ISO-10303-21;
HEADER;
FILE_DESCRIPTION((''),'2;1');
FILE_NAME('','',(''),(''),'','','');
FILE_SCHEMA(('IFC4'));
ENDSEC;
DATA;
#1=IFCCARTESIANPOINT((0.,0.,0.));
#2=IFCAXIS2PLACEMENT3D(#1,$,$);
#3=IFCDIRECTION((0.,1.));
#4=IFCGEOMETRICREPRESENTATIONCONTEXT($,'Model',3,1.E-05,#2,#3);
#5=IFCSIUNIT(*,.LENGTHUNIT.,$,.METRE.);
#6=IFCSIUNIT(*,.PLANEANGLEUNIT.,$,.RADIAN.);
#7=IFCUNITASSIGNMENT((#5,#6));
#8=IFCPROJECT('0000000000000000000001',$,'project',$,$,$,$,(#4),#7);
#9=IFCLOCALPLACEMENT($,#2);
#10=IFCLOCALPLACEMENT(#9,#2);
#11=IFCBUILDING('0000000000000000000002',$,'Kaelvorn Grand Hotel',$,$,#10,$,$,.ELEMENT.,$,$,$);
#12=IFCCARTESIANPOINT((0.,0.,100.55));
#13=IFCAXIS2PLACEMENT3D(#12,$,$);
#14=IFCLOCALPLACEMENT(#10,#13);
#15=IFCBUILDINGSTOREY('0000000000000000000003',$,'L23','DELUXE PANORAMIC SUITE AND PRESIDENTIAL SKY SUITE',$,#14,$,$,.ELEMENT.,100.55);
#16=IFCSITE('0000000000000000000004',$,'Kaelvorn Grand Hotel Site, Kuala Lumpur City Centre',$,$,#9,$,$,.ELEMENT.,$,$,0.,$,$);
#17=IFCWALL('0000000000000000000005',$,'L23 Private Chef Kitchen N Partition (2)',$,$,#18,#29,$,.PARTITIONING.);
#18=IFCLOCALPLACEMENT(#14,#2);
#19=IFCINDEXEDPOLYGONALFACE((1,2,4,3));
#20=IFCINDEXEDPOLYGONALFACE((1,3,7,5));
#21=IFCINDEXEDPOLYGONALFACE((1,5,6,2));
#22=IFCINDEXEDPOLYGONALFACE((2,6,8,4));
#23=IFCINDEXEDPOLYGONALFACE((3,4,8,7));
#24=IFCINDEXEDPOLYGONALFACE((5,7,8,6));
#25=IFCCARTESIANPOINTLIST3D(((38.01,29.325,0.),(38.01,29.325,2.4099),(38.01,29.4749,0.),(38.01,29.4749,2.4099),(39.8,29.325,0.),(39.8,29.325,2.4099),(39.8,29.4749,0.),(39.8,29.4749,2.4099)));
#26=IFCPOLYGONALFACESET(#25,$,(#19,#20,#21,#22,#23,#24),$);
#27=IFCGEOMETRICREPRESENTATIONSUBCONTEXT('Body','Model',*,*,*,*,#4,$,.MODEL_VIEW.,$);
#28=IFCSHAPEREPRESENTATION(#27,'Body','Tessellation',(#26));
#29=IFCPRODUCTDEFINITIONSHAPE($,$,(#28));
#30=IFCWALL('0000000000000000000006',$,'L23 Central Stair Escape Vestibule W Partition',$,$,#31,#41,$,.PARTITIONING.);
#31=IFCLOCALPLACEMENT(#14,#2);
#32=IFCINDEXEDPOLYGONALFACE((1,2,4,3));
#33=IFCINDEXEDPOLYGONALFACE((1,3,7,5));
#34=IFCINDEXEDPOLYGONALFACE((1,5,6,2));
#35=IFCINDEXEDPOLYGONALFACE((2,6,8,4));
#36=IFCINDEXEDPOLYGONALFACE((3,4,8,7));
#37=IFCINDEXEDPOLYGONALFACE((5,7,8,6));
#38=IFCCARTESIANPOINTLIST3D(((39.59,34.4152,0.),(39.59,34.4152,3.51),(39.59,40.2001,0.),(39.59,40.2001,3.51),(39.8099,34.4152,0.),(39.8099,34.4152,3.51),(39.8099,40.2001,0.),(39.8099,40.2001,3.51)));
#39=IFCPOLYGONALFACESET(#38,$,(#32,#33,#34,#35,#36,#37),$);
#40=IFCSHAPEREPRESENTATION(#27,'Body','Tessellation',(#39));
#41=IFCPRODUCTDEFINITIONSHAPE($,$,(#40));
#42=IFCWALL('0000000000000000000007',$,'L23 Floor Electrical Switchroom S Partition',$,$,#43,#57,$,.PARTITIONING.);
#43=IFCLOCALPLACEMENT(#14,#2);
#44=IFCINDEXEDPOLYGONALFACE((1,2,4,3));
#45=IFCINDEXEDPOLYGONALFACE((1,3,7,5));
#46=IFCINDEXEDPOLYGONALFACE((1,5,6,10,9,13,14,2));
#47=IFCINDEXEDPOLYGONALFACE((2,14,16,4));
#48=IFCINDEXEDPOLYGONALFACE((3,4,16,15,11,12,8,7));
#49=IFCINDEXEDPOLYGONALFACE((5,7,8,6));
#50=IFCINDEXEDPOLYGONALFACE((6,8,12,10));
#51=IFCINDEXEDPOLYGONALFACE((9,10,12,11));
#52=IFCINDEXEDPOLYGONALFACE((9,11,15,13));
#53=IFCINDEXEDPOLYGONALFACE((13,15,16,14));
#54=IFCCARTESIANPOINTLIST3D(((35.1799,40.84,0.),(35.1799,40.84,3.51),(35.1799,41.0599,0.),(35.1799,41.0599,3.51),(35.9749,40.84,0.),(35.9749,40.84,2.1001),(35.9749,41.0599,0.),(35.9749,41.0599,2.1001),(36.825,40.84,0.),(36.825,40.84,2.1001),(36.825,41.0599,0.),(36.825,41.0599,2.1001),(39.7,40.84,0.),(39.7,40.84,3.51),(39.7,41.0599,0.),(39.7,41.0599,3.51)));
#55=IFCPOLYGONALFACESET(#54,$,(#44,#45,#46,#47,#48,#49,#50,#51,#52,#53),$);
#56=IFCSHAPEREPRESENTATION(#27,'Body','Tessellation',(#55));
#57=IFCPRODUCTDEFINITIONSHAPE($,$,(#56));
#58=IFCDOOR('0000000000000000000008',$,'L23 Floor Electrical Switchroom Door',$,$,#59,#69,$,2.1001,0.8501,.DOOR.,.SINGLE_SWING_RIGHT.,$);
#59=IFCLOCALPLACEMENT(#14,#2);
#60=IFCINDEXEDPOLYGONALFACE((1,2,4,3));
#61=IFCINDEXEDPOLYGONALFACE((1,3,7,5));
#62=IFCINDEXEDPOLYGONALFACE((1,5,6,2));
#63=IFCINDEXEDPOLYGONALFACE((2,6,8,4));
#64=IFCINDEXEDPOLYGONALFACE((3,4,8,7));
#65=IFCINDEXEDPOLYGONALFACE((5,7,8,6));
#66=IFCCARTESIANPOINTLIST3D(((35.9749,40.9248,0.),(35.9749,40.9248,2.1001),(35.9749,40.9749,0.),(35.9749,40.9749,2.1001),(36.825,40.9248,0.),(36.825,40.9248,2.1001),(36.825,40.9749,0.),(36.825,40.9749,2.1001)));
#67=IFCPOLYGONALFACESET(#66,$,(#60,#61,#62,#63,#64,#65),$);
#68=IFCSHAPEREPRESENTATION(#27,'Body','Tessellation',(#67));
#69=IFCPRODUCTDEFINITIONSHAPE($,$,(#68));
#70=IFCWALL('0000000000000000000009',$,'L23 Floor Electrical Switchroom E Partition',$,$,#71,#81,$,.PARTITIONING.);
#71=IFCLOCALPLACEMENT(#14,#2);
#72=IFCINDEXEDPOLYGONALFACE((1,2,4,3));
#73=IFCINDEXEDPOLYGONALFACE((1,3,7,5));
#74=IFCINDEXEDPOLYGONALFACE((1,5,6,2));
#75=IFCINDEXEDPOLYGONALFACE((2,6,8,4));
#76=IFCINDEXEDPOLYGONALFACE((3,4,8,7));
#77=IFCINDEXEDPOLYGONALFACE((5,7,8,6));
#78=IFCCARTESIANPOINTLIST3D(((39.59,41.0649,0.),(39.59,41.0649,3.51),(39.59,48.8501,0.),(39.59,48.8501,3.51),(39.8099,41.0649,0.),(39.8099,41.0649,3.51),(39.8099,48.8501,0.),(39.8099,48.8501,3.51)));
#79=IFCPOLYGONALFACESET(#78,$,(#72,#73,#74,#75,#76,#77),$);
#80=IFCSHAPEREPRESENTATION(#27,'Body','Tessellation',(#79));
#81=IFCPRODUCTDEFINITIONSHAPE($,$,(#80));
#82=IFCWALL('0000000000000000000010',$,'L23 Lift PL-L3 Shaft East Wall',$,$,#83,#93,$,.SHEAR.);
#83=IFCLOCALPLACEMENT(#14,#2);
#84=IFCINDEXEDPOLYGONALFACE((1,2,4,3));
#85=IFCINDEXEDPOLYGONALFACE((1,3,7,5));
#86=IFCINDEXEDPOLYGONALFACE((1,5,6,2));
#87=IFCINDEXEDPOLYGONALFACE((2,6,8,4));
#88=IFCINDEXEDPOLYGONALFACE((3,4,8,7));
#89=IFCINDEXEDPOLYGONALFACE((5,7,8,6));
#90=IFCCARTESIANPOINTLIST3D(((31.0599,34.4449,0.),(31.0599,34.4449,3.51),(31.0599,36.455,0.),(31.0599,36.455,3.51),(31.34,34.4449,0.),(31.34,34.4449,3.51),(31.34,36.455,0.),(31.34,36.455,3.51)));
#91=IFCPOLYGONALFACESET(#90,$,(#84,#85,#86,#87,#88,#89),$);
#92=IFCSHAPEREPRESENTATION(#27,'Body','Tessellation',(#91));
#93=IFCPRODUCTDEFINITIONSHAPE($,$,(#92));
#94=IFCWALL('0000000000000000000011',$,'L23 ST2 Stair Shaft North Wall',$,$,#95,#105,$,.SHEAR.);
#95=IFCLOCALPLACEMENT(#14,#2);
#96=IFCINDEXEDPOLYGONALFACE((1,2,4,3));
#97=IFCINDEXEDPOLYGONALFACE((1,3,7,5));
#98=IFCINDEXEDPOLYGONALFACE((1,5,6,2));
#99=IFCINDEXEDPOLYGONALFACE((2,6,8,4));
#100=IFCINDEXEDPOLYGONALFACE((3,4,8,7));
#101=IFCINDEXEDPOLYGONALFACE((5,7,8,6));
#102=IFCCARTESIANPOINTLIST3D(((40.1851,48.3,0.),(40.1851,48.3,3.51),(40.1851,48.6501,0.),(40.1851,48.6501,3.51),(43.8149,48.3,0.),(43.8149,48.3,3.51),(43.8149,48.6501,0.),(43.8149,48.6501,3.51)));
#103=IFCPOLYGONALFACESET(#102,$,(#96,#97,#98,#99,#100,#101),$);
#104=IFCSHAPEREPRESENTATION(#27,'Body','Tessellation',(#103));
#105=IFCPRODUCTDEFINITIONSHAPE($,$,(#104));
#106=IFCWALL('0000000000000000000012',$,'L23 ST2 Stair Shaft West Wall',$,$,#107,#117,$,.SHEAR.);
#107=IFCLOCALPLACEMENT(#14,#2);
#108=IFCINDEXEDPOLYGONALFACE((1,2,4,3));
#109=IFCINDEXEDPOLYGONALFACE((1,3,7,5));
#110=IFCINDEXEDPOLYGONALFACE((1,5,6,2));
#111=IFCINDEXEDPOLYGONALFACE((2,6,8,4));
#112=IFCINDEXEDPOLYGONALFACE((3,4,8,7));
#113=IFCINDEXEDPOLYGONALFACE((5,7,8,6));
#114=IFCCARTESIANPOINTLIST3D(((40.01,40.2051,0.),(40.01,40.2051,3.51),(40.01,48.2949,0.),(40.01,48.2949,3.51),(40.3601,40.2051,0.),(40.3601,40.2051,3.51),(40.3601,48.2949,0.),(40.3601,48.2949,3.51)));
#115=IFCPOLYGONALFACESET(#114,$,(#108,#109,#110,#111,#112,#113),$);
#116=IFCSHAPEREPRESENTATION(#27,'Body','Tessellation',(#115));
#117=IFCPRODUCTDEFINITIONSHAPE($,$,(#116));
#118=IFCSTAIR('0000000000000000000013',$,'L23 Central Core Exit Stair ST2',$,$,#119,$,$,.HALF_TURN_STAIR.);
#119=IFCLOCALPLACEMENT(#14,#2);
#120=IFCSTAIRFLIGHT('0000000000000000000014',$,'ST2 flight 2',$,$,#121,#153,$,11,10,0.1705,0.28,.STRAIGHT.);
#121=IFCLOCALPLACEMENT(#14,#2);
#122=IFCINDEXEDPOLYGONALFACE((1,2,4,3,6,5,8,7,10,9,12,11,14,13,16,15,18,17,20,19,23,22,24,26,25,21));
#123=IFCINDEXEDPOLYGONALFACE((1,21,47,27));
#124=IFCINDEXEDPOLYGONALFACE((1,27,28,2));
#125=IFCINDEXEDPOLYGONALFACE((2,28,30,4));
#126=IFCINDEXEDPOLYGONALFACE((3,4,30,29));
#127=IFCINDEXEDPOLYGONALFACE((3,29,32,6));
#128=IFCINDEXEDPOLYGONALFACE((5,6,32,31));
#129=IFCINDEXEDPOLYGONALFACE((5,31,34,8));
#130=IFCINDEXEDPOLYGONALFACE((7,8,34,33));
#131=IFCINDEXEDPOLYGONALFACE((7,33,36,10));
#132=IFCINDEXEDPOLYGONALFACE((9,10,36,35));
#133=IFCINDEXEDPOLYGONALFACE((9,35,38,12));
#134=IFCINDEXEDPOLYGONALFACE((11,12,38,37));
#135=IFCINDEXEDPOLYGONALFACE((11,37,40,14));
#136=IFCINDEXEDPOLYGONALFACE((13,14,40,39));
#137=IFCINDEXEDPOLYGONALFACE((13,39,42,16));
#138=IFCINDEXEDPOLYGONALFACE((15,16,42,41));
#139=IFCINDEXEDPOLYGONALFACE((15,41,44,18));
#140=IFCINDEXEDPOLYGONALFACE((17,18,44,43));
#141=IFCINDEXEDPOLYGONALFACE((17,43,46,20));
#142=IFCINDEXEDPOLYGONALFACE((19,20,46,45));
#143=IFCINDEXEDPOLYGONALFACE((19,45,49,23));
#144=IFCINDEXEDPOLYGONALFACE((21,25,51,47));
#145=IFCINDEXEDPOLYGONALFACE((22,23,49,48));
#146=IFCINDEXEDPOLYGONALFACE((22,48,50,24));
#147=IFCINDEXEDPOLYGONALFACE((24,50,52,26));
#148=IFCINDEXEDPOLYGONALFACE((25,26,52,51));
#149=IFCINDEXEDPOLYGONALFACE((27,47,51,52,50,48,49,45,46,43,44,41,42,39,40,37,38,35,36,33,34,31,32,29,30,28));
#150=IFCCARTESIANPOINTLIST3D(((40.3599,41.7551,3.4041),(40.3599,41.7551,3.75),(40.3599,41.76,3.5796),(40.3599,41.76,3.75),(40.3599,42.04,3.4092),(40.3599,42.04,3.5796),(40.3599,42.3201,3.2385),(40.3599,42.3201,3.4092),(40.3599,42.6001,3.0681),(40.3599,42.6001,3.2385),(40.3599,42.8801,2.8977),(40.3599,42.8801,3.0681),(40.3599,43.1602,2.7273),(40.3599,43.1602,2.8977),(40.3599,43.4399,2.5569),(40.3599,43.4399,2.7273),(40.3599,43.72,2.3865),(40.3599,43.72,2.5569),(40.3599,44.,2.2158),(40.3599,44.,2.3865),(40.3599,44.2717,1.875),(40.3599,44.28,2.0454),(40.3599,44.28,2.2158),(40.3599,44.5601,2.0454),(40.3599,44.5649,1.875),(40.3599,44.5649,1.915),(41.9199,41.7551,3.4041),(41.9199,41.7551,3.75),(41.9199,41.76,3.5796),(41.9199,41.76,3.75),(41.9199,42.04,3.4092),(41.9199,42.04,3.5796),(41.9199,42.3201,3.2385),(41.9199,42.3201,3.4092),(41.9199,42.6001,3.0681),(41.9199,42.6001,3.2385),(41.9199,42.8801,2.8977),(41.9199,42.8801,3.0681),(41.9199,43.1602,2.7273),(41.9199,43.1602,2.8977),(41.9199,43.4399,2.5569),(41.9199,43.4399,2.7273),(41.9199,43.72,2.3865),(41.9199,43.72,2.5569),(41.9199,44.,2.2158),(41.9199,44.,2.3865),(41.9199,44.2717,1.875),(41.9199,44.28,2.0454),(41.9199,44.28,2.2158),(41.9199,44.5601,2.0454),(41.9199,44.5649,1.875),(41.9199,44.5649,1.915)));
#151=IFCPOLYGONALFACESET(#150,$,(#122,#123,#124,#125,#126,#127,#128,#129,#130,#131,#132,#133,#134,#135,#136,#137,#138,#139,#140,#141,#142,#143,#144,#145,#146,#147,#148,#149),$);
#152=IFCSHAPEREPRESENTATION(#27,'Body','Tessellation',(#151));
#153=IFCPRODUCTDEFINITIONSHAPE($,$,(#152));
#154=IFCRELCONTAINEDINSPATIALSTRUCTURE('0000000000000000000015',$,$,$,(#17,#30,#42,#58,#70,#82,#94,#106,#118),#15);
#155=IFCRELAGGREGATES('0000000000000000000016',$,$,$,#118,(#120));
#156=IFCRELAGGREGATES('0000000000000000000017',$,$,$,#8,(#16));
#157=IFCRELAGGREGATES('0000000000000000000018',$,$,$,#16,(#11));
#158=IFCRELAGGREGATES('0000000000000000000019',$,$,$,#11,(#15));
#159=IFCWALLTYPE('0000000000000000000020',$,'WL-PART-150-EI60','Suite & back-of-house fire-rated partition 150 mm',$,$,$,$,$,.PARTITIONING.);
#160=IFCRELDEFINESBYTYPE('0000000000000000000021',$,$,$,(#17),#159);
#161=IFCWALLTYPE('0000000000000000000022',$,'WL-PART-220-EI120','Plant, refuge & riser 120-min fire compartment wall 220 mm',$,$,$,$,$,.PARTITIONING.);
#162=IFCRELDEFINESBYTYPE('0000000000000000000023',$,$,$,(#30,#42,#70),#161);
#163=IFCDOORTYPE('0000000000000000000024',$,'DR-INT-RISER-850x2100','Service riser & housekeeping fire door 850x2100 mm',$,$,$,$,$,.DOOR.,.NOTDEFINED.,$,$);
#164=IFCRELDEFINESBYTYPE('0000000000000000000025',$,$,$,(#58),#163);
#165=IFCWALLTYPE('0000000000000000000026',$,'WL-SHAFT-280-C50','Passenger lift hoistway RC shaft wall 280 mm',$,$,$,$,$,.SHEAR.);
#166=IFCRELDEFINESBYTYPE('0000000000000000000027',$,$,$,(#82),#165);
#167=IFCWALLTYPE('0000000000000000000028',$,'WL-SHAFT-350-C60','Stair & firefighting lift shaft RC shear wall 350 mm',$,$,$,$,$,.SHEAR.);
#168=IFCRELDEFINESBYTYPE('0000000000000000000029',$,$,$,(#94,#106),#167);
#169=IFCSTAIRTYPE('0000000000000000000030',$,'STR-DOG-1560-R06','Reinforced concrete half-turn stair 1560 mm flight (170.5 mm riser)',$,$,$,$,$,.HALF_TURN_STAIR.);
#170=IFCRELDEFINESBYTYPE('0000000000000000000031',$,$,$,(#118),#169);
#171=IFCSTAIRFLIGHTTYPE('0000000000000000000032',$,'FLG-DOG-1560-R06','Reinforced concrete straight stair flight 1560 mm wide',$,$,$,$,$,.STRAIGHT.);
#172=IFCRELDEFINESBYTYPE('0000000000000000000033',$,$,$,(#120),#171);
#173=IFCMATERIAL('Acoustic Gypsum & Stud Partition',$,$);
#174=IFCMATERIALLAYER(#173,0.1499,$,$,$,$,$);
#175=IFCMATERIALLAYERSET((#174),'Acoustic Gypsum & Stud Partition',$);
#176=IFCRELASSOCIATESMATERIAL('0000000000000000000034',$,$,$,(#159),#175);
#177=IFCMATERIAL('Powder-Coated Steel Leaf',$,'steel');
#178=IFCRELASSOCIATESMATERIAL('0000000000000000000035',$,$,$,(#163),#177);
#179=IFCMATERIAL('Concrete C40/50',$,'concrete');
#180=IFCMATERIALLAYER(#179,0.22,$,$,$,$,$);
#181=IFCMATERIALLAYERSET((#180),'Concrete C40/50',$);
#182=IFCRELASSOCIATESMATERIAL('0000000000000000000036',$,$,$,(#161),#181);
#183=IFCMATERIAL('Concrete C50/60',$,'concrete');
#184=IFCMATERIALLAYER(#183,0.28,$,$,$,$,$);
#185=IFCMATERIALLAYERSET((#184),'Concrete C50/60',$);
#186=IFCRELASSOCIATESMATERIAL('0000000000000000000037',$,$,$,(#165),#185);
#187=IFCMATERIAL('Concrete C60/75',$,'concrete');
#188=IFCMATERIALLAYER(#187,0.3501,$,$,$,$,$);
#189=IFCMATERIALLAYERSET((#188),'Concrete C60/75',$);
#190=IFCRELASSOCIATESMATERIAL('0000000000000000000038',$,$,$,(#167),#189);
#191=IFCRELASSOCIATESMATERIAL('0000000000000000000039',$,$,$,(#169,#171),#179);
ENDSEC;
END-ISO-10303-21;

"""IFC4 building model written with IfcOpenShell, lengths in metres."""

from ifc_helpers import new_model, si_unit, direction, frame, frame_2d, origin, place, context, subcontext, project, spatial, polyline, rectangle, outline, extrude, material, layer, layer_set, type_object, element, fill, aggregate, save


model = new_model("IFC4")

# Units and contexts
model_context = context("Model", 3, precision=1e-05, world=origin(), true_north=direction((0.0, 1.0)))
body_context = subcontext(model_context, "Body", "Model", "MODEL_VIEW")
ifc_project = project(units=[si_unit("LENGTHUNIT", "METRE"), si_unit("PLANEANGLEUNIT", "RADIAN")], contexts=[model_context])

# Site, building, storey
site_placement = place(None, origin())
site = spatial("IfcSite", under=ifc_project, at=site_placement, Name="Kaelvorn Grand Hotel Site, Kuala Lumpur City Centre", CompositionType="ELEMENT", RefElevation=0.0)
building_placement = place(site_placement, origin())
building = spatial("IfcBuilding", under=site, at=building_placement, Name="Kaelvorn Grand Hotel", CompositionType="ELEMENT")
storey_placement = place(building_placement, frame((0.0, 0.0, 100.55)))
storey = spatial("IfcBuildingStorey", under=building, at=storey_placement, Name="L23", Description="DELUXE PANORAMIC SUITE AND PRESIDENTIAL SKY SUITE", CompositionType="ELEMENT", Elevation=100.55)

# Shared definitions
ifc_material_1 = material(Name="Concrete C60/75", Category="concrete")

# Shared definitions
ifc_material_2 = material(Name="Acoustic Gypsum & Stud Partition")
ifc_layer_1 = layer(ifc_material_2, 0.1499)
ifc_layer_set_1 = layer_set([ifc_layer_1], Name="Acoustic Gypsum & Stud Partition")
wall_type_1 = type_object("IfcWallType", Name="WL-PART-150-EI60", Description="Suite & back-of-house fire-rated partition 150 mm", PredefinedType="PARTITIONING", material=ifc_layer_set_1)
ifc_material_3 = material(Name="Powder-Coated Steel Leaf", Category="steel")
door_type_1 = type_object("IfcDoorType", Name="DR-INT-RISER-850x2100", Description="Service riser & housekeeping fire door 850x2100 mm", OperationType="NOTDEFINED", PredefinedType="DOOR", material=ifc_material_3)

# Wall
wall_1_placement = place(storey_placement, frame((38.01, 29.3999, 0.0), z_axis=(0.0, 0.0, 1.0), x_axis=(1.0, 0.0, 0.0)))
element("IfcWall", 1, at=wall_1_placement, inside=storey, type_object=wall_type_1, Name="L23 Private Chef Kitchen N Partition (2)", PredefinedType="PARTITIONING", context=body_context, shape_type="SweptSolid", body=[
    extrude(rectangle(XDim=1.79, YDim=0.1499, at=frame_2d((0.895, 0.0))), origin(), (0.0, 0.0, 1.0), 2.4099),
])

# Shared definitions
ifc_material_4 = material(Name="Concrete C40/50", Category="concrete")
ifc_layer_2 = layer(ifc_material_4, 0.22)
ifc_layer_set_2 = layer_set([ifc_layer_2], Name="Concrete C40/50")
wall_type_2 = type_object("IfcWallType", Name="WL-PART-220-EI120", Description="Plant, refuge & riser 120-min fire compartment wall 220 mm", PredefinedType="PARTITIONING", material=ifc_layer_set_2)

# Wall
wall_2_placement = place(storey_placement, frame((39.7, 34.415, 0.0), z_axis=(0.0, 0.0, 1.0), x_axis=(0.0, 1.0, 0.0)))
element("IfcWall", 2, at=wall_2_placement, inside=storey, type_object=wall_type_2, Name="L23 Central Stair Escape Vestibule W Partition", PredefinedType="PARTITIONING", context=body_context, shape_type="SweptSolid", body=[
    extrude(rectangle(XDim=5.7849, YDim=0.22, at=frame_2d((2.8926, 0.0))), origin(), (0.0, 0.0, 1.0), 3.51),
])

# Wall, opening, door
wall_3_placement = place(storey_placement, frame((35.1799, 40.95, 0.0), z_axis=(0.0, 0.0, 1.0), x_axis=(1.0, 0.0, 0.0)))
wall_3 = element("IfcWall", 3, at=wall_3_placement, inside=storey, type_object=wall_type_2, Name="L23 Floor Electrical Switchroom S Partition", PredefinedType="PARTITIONING", context=body_context, shape_type="SweptSolid", body=[
    extrude(rectangle(XDim=4.52, YDim=0.22, at=frame_2d((2.26, 0.0))), origin(), (0.0, 0.0, 1.0), 3.51),
])
opening_1_placement = place(wall_3_placement, frame((0.7949, 0.0, 0.0)))
opening_1 = element("IfcOpeningElement", 4, at=opening_1_placement, cuts=wall_3, PredefinedType="OPENING", context=body_context, shape_type="SweptSolid", body=[
    extrude(rectangle(XDim=0.8501, YDim=2.1001, at=frame_2d((0.425, 1.05))), frame((0.0, 0.1201, 0.0), z_axis=(0.0, -1.0, 0.0), x_axis=(1.0, 0.0, 0.0)), (0.0, 0.0, 1.0), 0.24),
])
door_1_placement = place(opening_1_placement, origin())
door_1 = element("IfcDoor", 5, at=door_1_placement, inside=storey, type_object=door_type_1, Name="L23 Floor Electrical Switchroom Door", OperationType="SINGLE_SWING_RIGHT", OverallHeight=2.1001, OverallWidth=0.8501, PredefinedType="DOOR", context=body_context, shape_type="SweptSolid", body=[
    extrude(rectangle(XDim=0.8501, YDim=2.1001, at=frame_2d((0.425, 1.05))), frame((0.0, 0.0249, 0.0), z_axis=(0.0, -1.0, 0.0), x_axis=(1.0, 0.0, 0.0)), (0.0, 0.0, 1.0), 0.05),
])
fill(opening_1, door_1)

# Walls
wall_4_placement = place(storey_placement, frame((39.7, 41.0649, 0.0), z_axis=(0.0, 0.0, 1.0), x_axis=(0.0, 1.0, 0.0)))
element("IfcWall", 6, at=wall_4_placement, inside=storey, type_object=wall_type_2, Name="L23 Floor Electrical Switchroom E Partition", PredefinedType="PARTITIONING", context=body_context, shape_type="SweptSolid", body=[
    extrude(rectangle(XDim=7.7852, YDim=0.22, at=frame_2d((3.8926, 0.0))), origin(), (0.0, 0.0, 1.0), 3.51),
])
ifc_material_5 = material(Name="Concrete C50/60", Category="concrete")
ifc_layer_3 = layer(ifc_material_5, 0.28)
ifc_layer_set_3 = layer_set([ifc_layer_3], Name="Concrete C50/60")
wall_type_3 = type_object("IfcWallType", Name="WL-SHAFT-280-C50", Description="Passenger lift hoistway RC shaft wall 280 mm", PredefinedType="SHEAR", material=ifc_layer_set_3)
wall_5_placement = place(storey_placement, frame((31.2, 34.4451, 0.0), z_axis=(0.0, 0.0, 1.0), x_axis=(0.0, 1.0, 0.0)))
element("IfcWall", 7, at=wall_5_placement, inside=storey, type_object=wall_type_3, Name="L23 Lift PL-L3 Shaft East Wall", PredefinedType="SHEAR", context=body_context, shape_type="SweptSolid", body=[
    extrude(rectangle(XDim=2.01, YDim=0.28, at=frame_2d((1.0049, 0.0))), origin(), (0.0, 0.0, 1.0), 3.51),
])

# Shared definitions
ifc_layer_4 = layer(ifc_material_1, 0.3501)
ifc_layer_set_4 = layer_set([ifc_layer_4], Name="Concrete C60/75")
wall_type_4 = type_object("IfcWallType", Name="WL-SHAFT-350-C60", Description="Stair & firefighting lift shaft RC shear wall 350 mm", PredefinedType="SHEAR", material=ifc_layer_set_4)

# Walls
wall_6_placement = place(storey_placement, frame((40.1851, 48.4751, 0.0), z_axis=(0.0, 0.0, 1.0), x_axis=(1.0, 0.0, 0.0)))
element("IfcWall", 8, at=wall_6_placement, inside=storey, type_object=wall_type_4, Name="L23 ST2 Stair Shaft North Wall", PredefinedType="SHEAR", context=body_context, shape_type="SweptSolid", body=[
    extrude(rectangle(XDim=3.6299, YDim=0.3501, at=frame_2d((1.8149, 0.0))), origin(), (0.0, 0.0, 1.0), 3.51),
])
wall_7_placement = place(storey_placement, frame((40.1851, 40.2051, 0.0), z_axis=(0.0, 0.0, 1.0), x_axis=(0.0, 1.0, 0.0)))
element("IfcWall", 9, at=wall_7_placement, inside=storey, type_object=wall_type_4, Name="L23 ST2 Stair Shaft West Wall", PredefinedType="SHEAR", context=body_context, shape_type="SweptSolid", body=[
    extrude(rectangle(XDim=8.0898, YDim=0.3501, at=frame_2d((4.0449, 0.0))), origin(), (0.0, 0.0, 1.0), 3.51),
])

# Stair, stair flight
stair_type = type_object("IfcStairType", Name="STR-DOG-1560-R06", Description="Reinforced concrete half-turn stair 1560 mm flight (170.5 mm riser)", PredefinedType="HALF_TURN_STAIR", material=ifc_material_4)
stair_placement = place(storey_placement, origin())
stair = element("IfcStair", 10, at=stair_placement, inside=storey, type_object=stair_type, Name="L23 Central Core Exit Stair ST2", PredefinedType="HALF_TURN_STAIR")
stair_flight_type = type_object("IfcStairFlightType", Name="FLG-DOG-1560-R06", Description="Reinforced concrete straight stair flight 1560 mm wide", PredefinedType="STRAIGHT", material=ifc_material_4)
stair_flight_placement = place(storey_placement, frame((41.1399, 44.5601, 1.875), z_axis=(0.0, 0.0, 1.0), x_axis=(0.0, -1.0, 0.0)))
stair_flight = element("IfcStairFlight", 11, at=stair_flight_placement, type_object=stair_flight_type, Name="ST2 flight 2", NumberOfRisers=11, NumberOfTreads=10, PredefinedType="STRAIGHT", RiserHeight=0.1705, TreadLength=0.28, context=body_context, shape_type="SweptSolid", body=[
    extrude(outline(polyline([(-0.0049, 0.0), (-0.0049, 0.04), (0.0, 0.1704), (0.28, 0.1704), (0.28, 0.3408), (0.5601, 0.3408), (0.5601, 0.5115), (0.8401, 0.5115), (0.8401, 0.6819), (1.1201, 0.6819), (1.1201, 0.8523), (1.3999, 0.8523), (1.3999, 1.0227), (1.6799, 1.0227), (1.6799, 1.1931), (1.96, 1.1931), (1.96, 1.3635), (2.24, 1.3635), (2.24, 1.5342), (2.52, 1.5342), (2.52, 1.7046), (2.8, 1.7046), (2.8, 1.875), (2.8049, 1.875), (2.8049, 1.5291), (0.2883, 0.0), (-0.0049, 0.0)])), frame((0.0, 0.78, 0.0), z_axis=(0.0, -1.0, 0.0), x_axis=(1.0, 0.0, 0.0)), (0.0, 0.0, 1.0), 1.5601),
])
aggregate(stair, [stair_flight])

save(model, "model.ifc")
